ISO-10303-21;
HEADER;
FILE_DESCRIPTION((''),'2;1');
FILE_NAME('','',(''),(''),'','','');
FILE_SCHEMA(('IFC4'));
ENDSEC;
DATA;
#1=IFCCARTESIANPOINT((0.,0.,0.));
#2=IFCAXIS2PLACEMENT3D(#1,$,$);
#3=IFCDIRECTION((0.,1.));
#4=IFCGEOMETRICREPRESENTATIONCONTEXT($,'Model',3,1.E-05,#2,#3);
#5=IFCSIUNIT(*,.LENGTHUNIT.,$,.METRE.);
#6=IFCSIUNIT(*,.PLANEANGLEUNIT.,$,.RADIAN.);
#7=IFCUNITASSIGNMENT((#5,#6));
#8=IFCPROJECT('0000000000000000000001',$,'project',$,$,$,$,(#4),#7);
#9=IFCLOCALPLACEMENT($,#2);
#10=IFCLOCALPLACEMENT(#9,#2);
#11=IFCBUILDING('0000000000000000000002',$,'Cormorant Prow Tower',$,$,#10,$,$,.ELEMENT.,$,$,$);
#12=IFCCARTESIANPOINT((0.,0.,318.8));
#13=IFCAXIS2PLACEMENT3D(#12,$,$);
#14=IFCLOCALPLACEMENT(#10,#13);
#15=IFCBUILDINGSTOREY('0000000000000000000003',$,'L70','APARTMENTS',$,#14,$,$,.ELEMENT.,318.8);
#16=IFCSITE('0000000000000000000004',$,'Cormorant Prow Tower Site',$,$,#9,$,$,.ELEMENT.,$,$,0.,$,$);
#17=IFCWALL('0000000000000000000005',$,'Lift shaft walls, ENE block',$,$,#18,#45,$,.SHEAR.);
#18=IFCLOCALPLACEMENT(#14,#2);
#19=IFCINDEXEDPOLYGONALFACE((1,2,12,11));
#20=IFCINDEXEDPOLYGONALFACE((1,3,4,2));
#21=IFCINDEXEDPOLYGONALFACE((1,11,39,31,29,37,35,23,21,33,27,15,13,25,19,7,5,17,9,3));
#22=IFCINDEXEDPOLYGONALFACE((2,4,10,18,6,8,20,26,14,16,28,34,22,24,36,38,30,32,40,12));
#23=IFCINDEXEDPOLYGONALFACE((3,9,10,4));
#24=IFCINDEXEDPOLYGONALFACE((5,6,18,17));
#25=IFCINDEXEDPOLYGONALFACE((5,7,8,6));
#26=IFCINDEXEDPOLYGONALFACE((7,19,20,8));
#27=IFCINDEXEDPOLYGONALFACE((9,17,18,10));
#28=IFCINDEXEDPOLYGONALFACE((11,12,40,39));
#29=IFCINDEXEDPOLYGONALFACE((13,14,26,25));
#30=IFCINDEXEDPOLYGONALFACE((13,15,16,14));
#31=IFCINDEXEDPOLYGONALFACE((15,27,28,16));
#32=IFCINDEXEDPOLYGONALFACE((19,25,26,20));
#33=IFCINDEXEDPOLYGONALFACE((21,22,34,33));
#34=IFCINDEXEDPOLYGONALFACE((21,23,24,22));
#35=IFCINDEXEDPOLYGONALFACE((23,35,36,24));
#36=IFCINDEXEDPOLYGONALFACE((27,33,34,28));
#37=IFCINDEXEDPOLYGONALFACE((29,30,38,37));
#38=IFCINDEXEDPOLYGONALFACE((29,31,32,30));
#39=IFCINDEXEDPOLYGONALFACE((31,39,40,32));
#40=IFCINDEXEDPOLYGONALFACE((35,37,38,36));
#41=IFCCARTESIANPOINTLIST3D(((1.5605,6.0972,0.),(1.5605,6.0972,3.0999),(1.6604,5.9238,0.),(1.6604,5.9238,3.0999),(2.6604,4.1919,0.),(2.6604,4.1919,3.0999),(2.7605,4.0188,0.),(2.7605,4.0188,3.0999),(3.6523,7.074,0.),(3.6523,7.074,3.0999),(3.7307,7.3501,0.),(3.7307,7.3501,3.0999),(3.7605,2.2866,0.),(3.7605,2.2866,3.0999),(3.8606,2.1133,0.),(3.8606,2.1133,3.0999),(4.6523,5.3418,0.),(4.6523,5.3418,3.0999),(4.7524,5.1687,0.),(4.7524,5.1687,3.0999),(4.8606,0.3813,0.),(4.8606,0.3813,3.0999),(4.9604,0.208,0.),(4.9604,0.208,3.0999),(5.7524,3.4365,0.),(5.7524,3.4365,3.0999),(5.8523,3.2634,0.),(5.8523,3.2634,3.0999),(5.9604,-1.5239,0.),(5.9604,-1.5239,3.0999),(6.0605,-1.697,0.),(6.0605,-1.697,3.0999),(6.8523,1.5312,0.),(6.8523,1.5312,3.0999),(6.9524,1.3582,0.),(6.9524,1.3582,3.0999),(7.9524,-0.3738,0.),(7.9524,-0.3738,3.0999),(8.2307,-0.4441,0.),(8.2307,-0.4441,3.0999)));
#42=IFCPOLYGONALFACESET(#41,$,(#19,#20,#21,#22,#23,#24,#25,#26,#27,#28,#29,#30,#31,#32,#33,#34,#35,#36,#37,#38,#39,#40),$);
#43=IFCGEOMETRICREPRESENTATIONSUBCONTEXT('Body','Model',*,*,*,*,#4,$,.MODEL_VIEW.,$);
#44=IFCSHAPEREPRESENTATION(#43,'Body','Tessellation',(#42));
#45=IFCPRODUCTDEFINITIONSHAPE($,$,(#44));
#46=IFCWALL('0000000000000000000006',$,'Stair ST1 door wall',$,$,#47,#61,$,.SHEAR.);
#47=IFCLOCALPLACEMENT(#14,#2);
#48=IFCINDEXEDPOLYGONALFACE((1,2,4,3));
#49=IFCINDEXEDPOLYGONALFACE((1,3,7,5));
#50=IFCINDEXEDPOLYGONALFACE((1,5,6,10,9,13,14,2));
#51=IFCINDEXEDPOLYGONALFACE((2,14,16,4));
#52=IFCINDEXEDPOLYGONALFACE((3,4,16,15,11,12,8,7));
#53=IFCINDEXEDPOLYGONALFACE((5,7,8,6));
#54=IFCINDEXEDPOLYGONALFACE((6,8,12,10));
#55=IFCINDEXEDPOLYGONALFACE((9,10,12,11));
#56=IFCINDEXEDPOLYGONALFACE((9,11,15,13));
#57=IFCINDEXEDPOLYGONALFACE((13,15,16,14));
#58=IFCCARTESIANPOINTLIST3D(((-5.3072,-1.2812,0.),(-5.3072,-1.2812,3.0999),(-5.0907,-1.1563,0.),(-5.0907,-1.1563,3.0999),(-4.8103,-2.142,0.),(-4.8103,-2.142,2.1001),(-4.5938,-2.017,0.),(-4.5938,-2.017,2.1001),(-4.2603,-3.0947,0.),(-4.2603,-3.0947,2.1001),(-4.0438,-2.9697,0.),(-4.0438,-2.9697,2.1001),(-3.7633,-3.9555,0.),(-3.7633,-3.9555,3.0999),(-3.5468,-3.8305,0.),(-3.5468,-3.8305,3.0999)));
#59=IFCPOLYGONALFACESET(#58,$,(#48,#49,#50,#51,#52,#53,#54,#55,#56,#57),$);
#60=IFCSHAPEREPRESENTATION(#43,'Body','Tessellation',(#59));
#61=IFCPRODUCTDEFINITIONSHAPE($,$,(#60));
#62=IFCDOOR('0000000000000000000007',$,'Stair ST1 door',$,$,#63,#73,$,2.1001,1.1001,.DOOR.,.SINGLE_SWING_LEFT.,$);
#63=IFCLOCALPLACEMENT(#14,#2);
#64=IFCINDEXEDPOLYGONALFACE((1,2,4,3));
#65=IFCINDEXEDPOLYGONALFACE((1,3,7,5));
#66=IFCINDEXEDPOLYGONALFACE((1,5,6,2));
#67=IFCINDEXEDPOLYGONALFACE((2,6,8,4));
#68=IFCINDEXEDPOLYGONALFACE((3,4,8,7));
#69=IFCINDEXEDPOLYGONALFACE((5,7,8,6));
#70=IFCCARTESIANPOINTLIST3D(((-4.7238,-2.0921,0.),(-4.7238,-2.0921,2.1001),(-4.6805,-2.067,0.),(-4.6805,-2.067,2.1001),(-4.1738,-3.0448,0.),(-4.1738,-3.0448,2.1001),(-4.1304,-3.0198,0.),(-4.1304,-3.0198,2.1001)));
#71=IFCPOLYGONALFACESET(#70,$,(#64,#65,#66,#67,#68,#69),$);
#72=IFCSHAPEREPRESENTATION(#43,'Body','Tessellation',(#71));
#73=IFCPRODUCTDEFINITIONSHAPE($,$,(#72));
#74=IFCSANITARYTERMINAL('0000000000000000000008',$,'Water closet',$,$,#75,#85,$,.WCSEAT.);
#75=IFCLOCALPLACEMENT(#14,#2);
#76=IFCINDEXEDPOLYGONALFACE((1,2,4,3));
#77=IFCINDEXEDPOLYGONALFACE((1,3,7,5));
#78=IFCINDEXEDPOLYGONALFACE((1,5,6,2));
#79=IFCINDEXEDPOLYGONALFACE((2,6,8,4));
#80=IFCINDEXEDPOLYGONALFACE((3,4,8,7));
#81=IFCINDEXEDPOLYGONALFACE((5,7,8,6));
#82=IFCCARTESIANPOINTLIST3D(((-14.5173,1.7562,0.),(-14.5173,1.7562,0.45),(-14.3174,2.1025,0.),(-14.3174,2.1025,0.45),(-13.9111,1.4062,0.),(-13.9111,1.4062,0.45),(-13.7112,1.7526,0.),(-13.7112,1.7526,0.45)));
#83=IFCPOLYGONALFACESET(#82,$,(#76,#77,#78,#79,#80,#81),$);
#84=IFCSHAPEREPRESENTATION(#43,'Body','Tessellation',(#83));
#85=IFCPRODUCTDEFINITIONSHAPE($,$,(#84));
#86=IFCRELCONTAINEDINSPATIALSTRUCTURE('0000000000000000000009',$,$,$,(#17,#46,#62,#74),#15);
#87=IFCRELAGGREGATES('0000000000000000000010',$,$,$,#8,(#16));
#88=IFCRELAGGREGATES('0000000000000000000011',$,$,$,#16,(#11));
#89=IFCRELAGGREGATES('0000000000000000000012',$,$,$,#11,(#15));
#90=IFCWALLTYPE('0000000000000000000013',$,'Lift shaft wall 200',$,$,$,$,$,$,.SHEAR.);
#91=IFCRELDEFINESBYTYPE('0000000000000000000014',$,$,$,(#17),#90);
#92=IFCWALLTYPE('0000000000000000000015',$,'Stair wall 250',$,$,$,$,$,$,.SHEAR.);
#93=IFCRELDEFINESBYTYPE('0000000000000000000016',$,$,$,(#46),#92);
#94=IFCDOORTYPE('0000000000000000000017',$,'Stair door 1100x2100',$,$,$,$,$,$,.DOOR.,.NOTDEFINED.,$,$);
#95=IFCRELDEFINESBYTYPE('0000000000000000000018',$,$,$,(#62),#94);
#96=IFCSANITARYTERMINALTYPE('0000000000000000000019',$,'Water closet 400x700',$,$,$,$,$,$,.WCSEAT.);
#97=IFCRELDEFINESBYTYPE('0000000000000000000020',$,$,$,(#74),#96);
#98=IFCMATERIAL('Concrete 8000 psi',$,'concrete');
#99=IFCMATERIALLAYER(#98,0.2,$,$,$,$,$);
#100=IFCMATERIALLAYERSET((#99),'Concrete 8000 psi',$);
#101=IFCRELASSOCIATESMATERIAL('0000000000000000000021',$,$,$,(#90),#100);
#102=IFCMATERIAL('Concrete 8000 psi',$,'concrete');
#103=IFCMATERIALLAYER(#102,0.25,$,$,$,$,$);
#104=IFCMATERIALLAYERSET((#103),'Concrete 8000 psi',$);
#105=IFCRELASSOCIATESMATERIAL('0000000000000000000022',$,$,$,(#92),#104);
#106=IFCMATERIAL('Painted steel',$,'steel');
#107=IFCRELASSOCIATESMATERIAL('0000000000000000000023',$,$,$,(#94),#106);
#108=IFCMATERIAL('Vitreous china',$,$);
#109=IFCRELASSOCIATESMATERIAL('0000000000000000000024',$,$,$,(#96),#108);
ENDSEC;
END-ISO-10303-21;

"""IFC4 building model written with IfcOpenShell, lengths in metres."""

from ifc_helpers import new_model, si_unit, direction, frame, frame_2d, origin, origin_2d, place, context, subcontext, project, spatial, polyline, rectangle, outline, extrude, material, layer, layer_set, type_object, element, fill, save


model = new_model("IFC4")

# Units and contexts
model_context = context("Model", 3, precision=1e-05, world=origin(), true_north=direction((0.0, 1.0)))
body_context = subcontext(model_context, "Body", "Model", "MODEL_VIEW")
ifc_project = project(units=[si_unit("LENGTHUNIT", "METRE"), si_unit("PLANEANGLEUNIT", "RADIAN")], contexts=[model_context])

# Site, building, storey
site_placement = place(None, origin())
site = spatial("IfcSite", under=ifc_project, at=site_placement, Name="Cormorant Prow Tower Site", CompositionType="ELEMENT", RefElevation=0.0)
building_placement = place(site_placement, origin())
building = spatial("IfcBuilding", under=site, at=building_placement, Name="Cormorant Prow Tower", CompositionType="ELEMENT")
storey_placement = place(building_placement, frame((0.0, 0.0, 318.8)))
storey = spatial("IfcBuildingStorey", under=building, at=storey_placement, Name="L70", Description="APARTMENTS", CompositionType="ELEMENT", Elevation=318.8)

# Wall
ifc_material_1 = material(Name="Concrete 8000 psi", Category="concrete")
ifc_layer_1 = layer(ifc_material_1, 0.2)
ifc_layer_set_1 = layer_set([ifc_layer_1], Name="Concrete 8000 psi")
wall_type_1 = type_object("IfcWallType", Name="Lift shaft wall 200", PredefinedType="SHEAR", material=ifc_layer_set_1)
wall_1_placement = place(storey_placement, origin())
element("IfcWall", 1, at=wall_1_placement, inside=storey, type_object=wall_type_1, Name="Lift shaft walls, ENE block", PredefinedType="SHEAR", context=body_context, shape_type="SweptSolid", body=[
    extrude(outline(polyline([(1.5605, 6.0972), (3.7307, 7.3501), (8.2307, -0.4441), (6.0605, -1.697), (5.9604, -1.5239), (7.9524, -0.3738), (6.9524, 1.3582), (4.9604, 0.208), (4.8606, 0.3813), (6.8523, 1.5312), (5.8523, 3.2634), (3.8606, 2.1133), (3.7605, 2.2866), (5.7524, 3.4365), (4.7524, 5.1687), (2.7605, 4.0188), (2.6604, 4.1919), (4.6523, 5.3418), (3.6523, 7.074), (1.6604, 5.9238), (1.5605, 6.0972)])), origin(), (0.0, 0.0, 1.0), 3.0999),
])

# Wall, opening, door
ifc_material_2 = material(Name="Concrete 8000 psi", Category="concrete")
ifc_layer_2 = layer(ifc_material_2, 0.25)
ifc_layer_set_2 = layer_set([ifc_layer_2], Name="Concrete 8000 psi")
wall_type_2 = type_object("IfcWallType", Name="Stair wall 250", PredefinedType="SHEAR", material=ifc_layer_set_2)
wall_2_placement = place(storey_placement, frame((-5.199, -1.2188, 0.0), z_axis=(0.0, 0.0, 1.0), x_axis=(0.499983, -0.866035, 0.0)))
wall_2 = element("IfcWall", 2, at=wall_2_placement, inside=storey, type_object=wall_type_2, Name="Stair ST1 door wall", PredefinedType="SHEAR", context=body_context, shape_type="SweptSolid", body=[
    extrude(rectangle(XDim=3.0879, YDim=0.25, at=frame_2d((1.5439, 0.0))), origin(), (0.0, 0.0, 1.0), 3.0999),
])
opening_1_placement = place(wall_2_placement, frame((0.9939, 0.0, 0.0)))
opening_1 = element("IfcOpeningElement", 3, at=opening_1_placement, cuts=wall_2, PredefinedType="OPENING", context=body_context, shape_type="SweptSolid", body=[
    extrude(rectangle(XDim=1.1001, YDim=2.1001, at=frame_2d((0.55, 1.05))), frame((0.0, 0.135, 0.0), z_axis=(0.0, -1.0, 0.0), x_axis=(1.0, 0.0, 0.0)), (0.0, 0.0, 1.0), 0.27),
])
ifc_material_3 = material(Name="Painted steel", Category="steel")
door_type_1 = type_object("IfcDoorType", Name="Stair door 1100x2100", OperationType="NOTDEFINED", PredefinedType="DOOR", material=ifc_material_3)
door_1_placement = place(opening_1_placement, origin())
door_1 = element("IfcDoor", 4, at=door_1_placement, inside=storey, type_object=door_type_1, Name="Stair ST1 door", OperationType="SINGLE_SWING_LEFT", OverallHeight=2.1001, OverallWidth=1.1001, PredefinedType="DOOR", context=body_context, shape_type="SweptSolid", body=[
    extrude(rectangle(XDim=1.1001, YDim=2.1001, at=frame_2d((0.55, 1.05))), frame((0.0, 0.0249, 0.0), z_axis=(0.0, -1.0, 0.0), x_axis=(1.0, 0.0, 0.0)), (0.0, 0.0, 1.0), 0.05),
])
fill(opening_1, door_1)

# Sanitary terminal
ifc_material_4 = material(Name="Vitreous china")
sanitary_terminal_type = type_object("IfcSanitaryTerminalType", Name="Water closet 400x700", PredefinedType="WCSEAT", material=ifc_material_4)
sanitary_terminal_placement = place(storey_placement, frame((-14.1143, 1.7544, 0.0), z_axis=(0.0, 0.0, 1.0), x_axis=(-0.5, -0.866025, 0.0)))
element("IfcSanitaryTerminal", 5, at=sanitary_terminal_placement, inside=storey, type_object=sanitary_terminal_type, Name="Water closet", PredefinedType="WCSEAT", context=body_context, shape_type="SweptSolid", body=[
    extrude(rectangle(XDim=0.3999, YDim=0.7, at=origin_2d()), origin(), (0.0, 0.0, 1.0), 0.45),
])

save(model, "model.ifc")
